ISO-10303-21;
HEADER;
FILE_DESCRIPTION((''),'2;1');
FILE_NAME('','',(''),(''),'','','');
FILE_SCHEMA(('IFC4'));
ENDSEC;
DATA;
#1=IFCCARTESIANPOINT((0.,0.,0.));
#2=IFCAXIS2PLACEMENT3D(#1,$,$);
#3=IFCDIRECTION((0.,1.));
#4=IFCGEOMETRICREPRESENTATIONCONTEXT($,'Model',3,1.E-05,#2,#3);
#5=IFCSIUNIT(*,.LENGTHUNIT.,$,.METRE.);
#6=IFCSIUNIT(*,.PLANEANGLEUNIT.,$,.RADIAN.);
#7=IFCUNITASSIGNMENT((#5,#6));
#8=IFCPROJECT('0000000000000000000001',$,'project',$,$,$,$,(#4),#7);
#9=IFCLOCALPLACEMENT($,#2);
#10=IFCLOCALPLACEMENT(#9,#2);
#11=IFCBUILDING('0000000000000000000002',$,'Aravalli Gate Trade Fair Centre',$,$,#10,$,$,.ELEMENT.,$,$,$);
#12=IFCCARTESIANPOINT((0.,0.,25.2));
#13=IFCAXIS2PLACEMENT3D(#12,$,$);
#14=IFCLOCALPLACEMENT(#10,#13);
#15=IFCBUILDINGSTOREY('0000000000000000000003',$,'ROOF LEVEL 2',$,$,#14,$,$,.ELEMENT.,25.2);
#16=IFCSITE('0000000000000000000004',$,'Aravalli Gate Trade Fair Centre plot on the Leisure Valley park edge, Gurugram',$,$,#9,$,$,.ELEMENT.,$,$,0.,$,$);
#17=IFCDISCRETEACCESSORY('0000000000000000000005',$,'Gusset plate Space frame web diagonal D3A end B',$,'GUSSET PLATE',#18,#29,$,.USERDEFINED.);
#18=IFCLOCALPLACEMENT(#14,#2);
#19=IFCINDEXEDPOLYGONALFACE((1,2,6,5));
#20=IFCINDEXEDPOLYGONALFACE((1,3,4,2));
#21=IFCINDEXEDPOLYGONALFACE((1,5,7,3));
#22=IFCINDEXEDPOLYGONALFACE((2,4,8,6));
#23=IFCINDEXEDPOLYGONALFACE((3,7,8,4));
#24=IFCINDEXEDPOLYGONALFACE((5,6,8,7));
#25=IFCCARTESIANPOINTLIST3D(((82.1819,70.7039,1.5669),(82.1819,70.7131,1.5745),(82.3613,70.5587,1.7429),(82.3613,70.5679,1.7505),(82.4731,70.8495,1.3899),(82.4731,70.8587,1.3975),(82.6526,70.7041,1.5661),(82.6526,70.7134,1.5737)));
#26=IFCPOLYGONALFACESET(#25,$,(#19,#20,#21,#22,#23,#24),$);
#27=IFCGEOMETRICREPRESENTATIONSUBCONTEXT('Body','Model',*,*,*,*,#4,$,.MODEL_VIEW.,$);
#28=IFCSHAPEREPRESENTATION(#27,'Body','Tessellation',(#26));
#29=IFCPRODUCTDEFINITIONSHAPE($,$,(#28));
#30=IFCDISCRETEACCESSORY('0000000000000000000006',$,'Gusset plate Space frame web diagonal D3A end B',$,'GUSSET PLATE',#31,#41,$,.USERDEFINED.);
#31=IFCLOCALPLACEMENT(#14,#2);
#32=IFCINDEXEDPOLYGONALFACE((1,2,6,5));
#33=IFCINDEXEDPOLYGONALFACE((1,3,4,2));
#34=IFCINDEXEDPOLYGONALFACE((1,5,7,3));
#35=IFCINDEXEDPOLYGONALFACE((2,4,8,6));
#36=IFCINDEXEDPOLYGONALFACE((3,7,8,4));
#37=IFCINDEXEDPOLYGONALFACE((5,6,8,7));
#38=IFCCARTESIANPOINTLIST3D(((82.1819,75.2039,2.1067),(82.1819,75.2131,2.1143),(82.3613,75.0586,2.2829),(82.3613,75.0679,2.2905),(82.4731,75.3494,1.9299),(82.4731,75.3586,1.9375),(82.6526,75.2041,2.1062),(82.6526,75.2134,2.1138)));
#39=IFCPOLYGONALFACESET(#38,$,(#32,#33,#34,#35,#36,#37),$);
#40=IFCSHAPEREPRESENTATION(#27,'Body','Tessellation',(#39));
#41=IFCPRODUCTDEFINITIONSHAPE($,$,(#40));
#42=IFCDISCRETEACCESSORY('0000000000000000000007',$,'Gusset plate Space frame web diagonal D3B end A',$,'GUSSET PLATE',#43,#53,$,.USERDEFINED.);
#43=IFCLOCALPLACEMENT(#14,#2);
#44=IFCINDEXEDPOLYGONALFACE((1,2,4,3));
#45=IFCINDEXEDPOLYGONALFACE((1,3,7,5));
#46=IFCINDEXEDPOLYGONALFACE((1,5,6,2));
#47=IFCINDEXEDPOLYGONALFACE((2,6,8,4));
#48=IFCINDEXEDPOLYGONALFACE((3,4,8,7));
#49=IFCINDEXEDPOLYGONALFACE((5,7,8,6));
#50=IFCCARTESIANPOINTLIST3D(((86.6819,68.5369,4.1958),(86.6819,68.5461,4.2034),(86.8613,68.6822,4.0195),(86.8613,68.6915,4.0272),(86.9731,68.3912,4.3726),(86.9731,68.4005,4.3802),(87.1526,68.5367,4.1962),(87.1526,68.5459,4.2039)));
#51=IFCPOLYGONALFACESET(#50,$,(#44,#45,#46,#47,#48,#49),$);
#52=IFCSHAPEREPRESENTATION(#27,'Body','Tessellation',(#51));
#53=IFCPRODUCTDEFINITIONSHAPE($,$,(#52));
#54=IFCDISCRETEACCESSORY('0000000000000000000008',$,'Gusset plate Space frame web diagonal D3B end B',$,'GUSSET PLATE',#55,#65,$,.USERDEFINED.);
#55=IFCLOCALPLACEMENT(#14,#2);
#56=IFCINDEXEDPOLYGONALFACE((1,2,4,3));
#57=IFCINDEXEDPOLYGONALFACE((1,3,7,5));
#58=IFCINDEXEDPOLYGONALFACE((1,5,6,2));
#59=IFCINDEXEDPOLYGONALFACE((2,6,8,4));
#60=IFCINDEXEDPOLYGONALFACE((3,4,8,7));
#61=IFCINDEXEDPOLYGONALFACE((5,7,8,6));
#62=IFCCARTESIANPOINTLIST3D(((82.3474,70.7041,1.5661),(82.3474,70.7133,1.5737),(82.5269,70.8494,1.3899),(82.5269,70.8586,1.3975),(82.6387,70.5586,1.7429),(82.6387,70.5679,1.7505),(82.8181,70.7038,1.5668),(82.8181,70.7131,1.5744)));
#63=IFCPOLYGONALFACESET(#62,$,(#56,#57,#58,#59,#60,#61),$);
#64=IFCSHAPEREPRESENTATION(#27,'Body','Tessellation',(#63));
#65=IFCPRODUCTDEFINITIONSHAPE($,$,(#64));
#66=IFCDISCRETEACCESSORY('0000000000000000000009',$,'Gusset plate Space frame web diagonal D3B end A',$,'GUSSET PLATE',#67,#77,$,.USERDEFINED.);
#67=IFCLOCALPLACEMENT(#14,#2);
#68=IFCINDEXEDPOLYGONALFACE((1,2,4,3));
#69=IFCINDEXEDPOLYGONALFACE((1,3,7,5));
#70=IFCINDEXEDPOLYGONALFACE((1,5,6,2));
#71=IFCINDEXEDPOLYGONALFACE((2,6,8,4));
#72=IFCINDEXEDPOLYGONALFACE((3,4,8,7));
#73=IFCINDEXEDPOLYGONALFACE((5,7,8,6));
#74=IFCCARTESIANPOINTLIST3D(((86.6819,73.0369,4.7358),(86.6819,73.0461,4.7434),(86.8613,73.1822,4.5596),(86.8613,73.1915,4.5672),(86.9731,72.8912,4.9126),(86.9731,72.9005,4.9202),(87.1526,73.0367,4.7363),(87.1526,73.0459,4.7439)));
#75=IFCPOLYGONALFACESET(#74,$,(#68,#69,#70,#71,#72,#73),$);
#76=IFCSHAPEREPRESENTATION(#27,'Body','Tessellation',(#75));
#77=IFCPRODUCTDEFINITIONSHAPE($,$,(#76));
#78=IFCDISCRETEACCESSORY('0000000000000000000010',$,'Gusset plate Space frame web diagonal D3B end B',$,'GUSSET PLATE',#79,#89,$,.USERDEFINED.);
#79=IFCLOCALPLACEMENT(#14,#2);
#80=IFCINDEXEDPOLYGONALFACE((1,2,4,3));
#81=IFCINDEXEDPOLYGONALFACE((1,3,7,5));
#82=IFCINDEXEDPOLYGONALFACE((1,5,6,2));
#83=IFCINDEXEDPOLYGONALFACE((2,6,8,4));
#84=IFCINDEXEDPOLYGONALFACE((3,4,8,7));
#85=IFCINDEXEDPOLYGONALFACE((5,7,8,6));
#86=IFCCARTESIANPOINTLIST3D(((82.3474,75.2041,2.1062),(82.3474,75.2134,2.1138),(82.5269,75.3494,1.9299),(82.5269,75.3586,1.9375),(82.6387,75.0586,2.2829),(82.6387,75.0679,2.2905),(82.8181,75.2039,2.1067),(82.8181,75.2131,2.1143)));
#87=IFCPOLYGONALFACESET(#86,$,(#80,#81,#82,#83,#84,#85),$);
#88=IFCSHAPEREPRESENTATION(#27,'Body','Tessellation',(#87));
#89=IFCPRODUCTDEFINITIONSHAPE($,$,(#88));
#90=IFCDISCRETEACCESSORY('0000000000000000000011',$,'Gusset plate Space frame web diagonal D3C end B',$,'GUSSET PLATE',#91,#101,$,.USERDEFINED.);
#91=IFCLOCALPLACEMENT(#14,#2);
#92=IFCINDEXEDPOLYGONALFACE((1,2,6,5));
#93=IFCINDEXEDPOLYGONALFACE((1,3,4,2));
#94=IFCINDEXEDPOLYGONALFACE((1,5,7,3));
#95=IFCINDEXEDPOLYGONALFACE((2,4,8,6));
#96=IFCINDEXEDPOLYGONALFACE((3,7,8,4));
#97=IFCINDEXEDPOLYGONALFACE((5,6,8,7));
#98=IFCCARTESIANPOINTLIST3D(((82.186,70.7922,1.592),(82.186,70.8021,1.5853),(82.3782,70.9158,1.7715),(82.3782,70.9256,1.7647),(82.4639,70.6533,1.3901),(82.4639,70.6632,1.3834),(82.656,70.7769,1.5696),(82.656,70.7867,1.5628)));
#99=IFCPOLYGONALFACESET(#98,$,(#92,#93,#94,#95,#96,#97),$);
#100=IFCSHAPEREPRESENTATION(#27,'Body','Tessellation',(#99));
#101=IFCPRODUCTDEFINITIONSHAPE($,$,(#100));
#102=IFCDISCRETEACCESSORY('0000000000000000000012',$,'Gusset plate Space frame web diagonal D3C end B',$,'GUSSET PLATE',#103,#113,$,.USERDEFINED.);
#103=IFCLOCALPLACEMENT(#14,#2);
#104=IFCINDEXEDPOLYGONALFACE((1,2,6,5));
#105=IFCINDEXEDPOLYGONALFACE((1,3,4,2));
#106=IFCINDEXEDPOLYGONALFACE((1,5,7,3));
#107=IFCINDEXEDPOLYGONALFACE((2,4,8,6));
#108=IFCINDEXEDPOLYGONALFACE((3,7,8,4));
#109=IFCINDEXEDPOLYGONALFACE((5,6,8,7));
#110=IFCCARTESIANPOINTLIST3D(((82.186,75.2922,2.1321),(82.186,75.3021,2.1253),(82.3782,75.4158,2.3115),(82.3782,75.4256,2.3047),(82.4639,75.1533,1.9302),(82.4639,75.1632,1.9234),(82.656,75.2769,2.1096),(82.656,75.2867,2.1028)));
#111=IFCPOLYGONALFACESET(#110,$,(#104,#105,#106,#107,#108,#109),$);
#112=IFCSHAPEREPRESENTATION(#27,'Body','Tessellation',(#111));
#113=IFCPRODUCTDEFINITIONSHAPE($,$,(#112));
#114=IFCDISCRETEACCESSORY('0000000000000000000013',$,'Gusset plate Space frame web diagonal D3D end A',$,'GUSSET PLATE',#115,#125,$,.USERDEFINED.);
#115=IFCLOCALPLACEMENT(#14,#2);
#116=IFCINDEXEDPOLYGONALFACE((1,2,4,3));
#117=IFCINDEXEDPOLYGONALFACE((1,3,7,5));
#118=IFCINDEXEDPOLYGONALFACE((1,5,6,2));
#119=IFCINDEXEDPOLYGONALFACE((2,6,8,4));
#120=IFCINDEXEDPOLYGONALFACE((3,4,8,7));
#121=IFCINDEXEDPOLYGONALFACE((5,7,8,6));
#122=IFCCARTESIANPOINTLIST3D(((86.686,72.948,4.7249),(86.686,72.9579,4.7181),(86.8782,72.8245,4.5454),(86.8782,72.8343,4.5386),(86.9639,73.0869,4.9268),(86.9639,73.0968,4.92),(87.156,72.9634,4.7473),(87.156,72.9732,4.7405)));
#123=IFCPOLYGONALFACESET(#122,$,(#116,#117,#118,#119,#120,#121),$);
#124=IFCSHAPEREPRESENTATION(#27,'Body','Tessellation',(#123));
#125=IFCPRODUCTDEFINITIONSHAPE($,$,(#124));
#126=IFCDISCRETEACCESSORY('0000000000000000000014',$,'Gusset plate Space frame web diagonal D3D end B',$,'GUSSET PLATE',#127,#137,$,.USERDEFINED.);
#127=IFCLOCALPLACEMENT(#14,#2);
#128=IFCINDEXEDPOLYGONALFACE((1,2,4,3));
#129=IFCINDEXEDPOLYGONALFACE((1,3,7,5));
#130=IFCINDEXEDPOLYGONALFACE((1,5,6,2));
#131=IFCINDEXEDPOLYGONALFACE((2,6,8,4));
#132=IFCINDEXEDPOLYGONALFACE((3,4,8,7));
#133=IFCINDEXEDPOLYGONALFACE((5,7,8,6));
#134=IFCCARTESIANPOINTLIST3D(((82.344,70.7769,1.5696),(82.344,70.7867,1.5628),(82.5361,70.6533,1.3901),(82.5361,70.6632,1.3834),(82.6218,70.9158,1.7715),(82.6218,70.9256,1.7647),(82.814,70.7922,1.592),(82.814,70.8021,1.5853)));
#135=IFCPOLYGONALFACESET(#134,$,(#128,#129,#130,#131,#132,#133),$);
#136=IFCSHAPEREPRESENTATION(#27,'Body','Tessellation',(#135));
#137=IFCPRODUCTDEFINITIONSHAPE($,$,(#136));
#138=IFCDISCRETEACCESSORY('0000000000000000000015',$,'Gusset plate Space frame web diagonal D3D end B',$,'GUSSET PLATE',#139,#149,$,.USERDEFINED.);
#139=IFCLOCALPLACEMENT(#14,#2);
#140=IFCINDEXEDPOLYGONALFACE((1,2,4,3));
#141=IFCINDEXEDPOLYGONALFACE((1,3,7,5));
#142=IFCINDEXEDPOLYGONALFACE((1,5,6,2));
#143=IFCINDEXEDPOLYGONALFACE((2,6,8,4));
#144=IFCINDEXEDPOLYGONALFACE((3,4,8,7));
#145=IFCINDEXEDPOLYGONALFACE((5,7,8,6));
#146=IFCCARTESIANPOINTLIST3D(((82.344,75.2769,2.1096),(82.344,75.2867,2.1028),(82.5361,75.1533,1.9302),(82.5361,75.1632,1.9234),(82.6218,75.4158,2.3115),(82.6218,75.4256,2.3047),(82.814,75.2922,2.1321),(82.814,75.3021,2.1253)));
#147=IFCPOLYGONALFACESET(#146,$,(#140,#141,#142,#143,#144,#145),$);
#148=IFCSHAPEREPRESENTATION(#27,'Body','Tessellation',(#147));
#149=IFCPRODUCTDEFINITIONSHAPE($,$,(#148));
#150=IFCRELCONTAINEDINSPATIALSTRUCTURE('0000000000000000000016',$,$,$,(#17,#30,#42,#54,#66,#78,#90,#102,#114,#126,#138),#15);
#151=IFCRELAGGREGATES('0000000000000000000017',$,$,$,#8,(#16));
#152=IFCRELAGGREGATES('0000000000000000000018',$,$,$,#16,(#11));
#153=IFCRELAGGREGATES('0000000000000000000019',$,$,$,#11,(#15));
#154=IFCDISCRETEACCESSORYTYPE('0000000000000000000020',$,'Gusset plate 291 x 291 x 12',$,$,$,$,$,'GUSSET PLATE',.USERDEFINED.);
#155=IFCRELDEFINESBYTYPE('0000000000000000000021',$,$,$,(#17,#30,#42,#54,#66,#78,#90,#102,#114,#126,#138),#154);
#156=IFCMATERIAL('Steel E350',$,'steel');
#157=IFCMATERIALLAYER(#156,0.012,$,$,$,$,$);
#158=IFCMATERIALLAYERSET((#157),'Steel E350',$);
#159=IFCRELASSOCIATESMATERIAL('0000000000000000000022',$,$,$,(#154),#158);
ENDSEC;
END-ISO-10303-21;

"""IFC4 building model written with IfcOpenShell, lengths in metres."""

from ifc_helpers import new_model, si_unit, direction, frame, origin, place, context, subcontext, project, spatial, polyline, outline, extrude, material, layer, layer_set, type_object, element, save


model = new_model("IFC4")

# Units and contexts
model_context = context("Model", 3, precision=1e-05, world=origin(), true_north=direction((0.0, 1.0)))
body_context = subcontext(model_context, "Body", "Model", "MODEL_VIEW")
ifc_project = project(units=[si_unit("LENGTHUNIT", "METRE"), si_unit("PLANEANGLEUNIT", "RADIAN")], contexts=[model_context])

# Site, building, storey
site_placement = place(None, origin())
site = spatial("IfcSite", under=ifc_project, at=site_placement, Name="Aravalli Gate Trade Fair Centre plot on the Leisure Valley park edge, Gurugram", CompositionType="ELEMENT", RefElevation=0.0)
building_placement = place(site_placement, origin())
building = spatial("IfcBuilding", under=site, at=building_placement, Name="Aravalli Gate Trade Fair Centre", CompositionType="ELEMENT")
storey_placement = place(building_placement, frame((0.0, 0.0, 25.2)))
storey = spatial("IfcBuildingStorey", under=building, at=storey_placement, Name="ROOF LEVEL 2", CompositionType="ELEMENT", Elevation=25.2)

# Shared definitions
ifc_material_1 = material(Name="Steel E350", Category="steel")

# Discrete accessories
ifc_layer_1 = layer(ifc_material_1, 0.012)
ifc_layer_set_1 = layer_set([ifc_layer_1], Name="Steel E350")
discrete_accessory_type = type_object("IfcDiscreteAccessoryType", Name="Gusset plate 291 x 291 x 12", ElementType="GUSSET PLATE", PredefinedType="USERDEFINED", material=ifc_layer_set_1)
discrete_accessory_1_placement = place(storey_placement, frame((82.1819, 70.7131, 1.5745), z_axis=(0.000589, 0.771792, 0.635874), x_axis=(0.785943, 0.392803, -0.477493)))
element("IfcDiscreteAccessory", 1, at=discrete_accessory_1_placement, inside=storey, type_object=discrete_accessory_type, Name="Gusset plate Space frame web diagonal D3A end B", ObjectType="GUSSET PLATE", PredefinedType="USERDEFINED", context=body_context, shape_type="SweptSolid", body=[
    extrude(outline(polyline([(0.0, 0.0), (0.3706, 0.0), (0.3704, -0.2905), (-0.0001, -0.2903), (0.0, 0.0)])), origin(), (0.0, 0.0, -1.0), 0.012),
])
discrete_accessory_2_placement = place(storey_placement, frame((82.1819, 75.2131, 2.1143), z_axis=(0.000259, 0.771844, 0.635812), x_axis=(0.78619, 0.392765, -0.477118)))
element("IfcDiscreteAccessory", 2, at=discrete_accessory_2_placement, inside=storey, type_object=discrete_accessory_type, Name="Gusset plate Space frame web diagonal D3A end B", ObjectType="GUSSET PLATE", PredefinedType="USERDEFINED", context=body_context, shape_type="SweptSolid", body=[
    extrude(outline(polyline([(0.0, 0.0), (0.3705, 0.0), (0.3704, -0.2905), (-0.0001, -0.2905), (0.0, 0.0)])), origin(), (0.0, 0.0, -1.0), 0.012),
])
discrete_accessory_3_placement = place(storey_placement, frame((86.6819, 68.5461, 4.2034), z_axis=(-0.00026, 0.771582, 0.63613), x_axis=(0.785986, -0.393126, 0.477156)))
element("IfcDiscreteAccessory", 3, at=discrete_accessory_3_placement, inside=storey, type_object=discrete_accessory_type, Name="Gusset plate Space frame web diagonal D3B end A", ObjectType="GUSSET PLATE", PredefinedType="USERDEFINED", context=body_context, shape_type="SweptSolid", body=[
    extrude(outline(polyline([(0.0, 0.0), (0.3706, 0.0), (0.3703, 0.2906), (-0.0002, 0.2905), (0.0, 0.0)])), origin(), (0.0, 0.0, -1.0), 0.012),
])
discrete_accessory_4_placement = place(storey_placement, frame((82.6387, 70.5679, 1.7505), z_axis=(-0.000589, 0.771792, 0.635874), x_axis=(-0.78619, 0.392604, -0.477251)))
element("IfcDiscreteAccessory", 4, at=discrete_accessory_4_placement, inside=storey, type_object=discrete_accessory_type, Name="Gusset plate Space frame web diagonal D3B end B", ObjectType="GUSSET PLATE", PredefinedType="USERDEFINED", context=body_context, shape_type="SweptSolid", body=[
    extrude(outline(polyline([(0.0, 0.0), (0.3705, 0.0), (0.3705, -0.2905), (0.0, -0.2903), (0.0, 0.0)])), origin(), (0.0, 0.0, -1.0), 0.012),
])
discrete_accessory_5_placement = place(storey_placement, frame((86.6819, 73.0461, 4.7434), z_axis=(-0.00026, 0.771582, 0.63613), x_axis=(0.785986, -0.393126, 0.477156)))
element("IfcDiscreteAccessory", 5, at=discrete_accessory_5_placement, inside=storey, type_object=discrete_accessory_type, Name="Gusset plate Space frame web diagonal D3B end A", ObjectType="GUSSET PLATE", PredefinedType="USERDEFINED", context=body_context, shape_type="SweptSolid", body=[
    extrude(outline(polyline([(0.0, 0.0), (0.3706, 0.0), (0.3703, 0.2906), (-0.0002, 0.2905), (0.0, 0.0)])), origin(), (0.0, 0.0, -1.0), 0.012),
])
discrete_accessory_6_placement = place(storey_placement, frame((82.6387, 75.0679, 2.2905), z_axis=(-0.000259, 0.771844, 0.635812), x_axis=(-0.78619, 0.392765, -0.477118)))
element("IfcDiscreteAccessory", 6, at=discrete_accessory_6_placement, inside=storey, type_object=discrete_accessory_type, Name="Gusset plate Space frame web diagonal D3B end B", ObjectType="GUSSET PLATE", PredefinedType="USERDEFINED", context=body_context, shape_type="SweptSolid", body=[
    extrude(outline(polyline([(0.0, 0.0), (0.3705, 0.0), (0.3705, -0.2905), (0.0001, -0.2905), (0.0, 0.0)])), origin(), (0.0, 0.0, -1.0), 0.012),
])
for number, where, z_axis, x_axis, name in (
    (7, (82.186, 70.7922, 1.592), (0.000137, -0.82375, 0.566952), (0.749929, -0.374965, -0.544984), "Gusset plate Space frame web diagonal D3C end B"),
    (8, (82.186, 75.2922, 2.1321), (0.000137, -0.82375, 0.566952), (0.749929, -0.374965, -0.544984), "Gusset plate Space frame web diagonal D3C end B"),
):
    element("IfcDiscreteAccessory", number, at=place(storey_placement, frame(where, z_axis=z_axis, x_axis=x_axis)), inside=storey, type_object=discrete_accessory_type, Name=name, ObjectType="GUSSET PLATE", PredefinedType="USERDEFINED", context=body_context, shape_type="SweptSolid", body=[
        extrude(outline(polyline([(0.0, 0.0), (0.3705, 0.0), (0.3705, 0.2905), (0.0, 0.2905), (0.0, 0.0)])), origin(), (0.0, 0.0, -1.0), 0.012),
    ])
discrete_accessory_7_placement = place(storey_placement, frame((86.686, 72.948, 4.7249), z_axis=(-0.000137, -0.82375, 0.566952), x_axis=(0.749929, 0.374965, 0.544984)))
element("IfcDiscreteAccessory", 9, at=discrete_accessory_7_placement, inside=storey, type_object=discrete_accessory_type, Name="Gusset plate Space frame web diagonal D3D end A", ObjectType="GUSSET PLATE", PredefinedType="USERDEFINED", context=body_context, shape_type="SweptSolid", body=[
    extrude(outline(polyline([(0.0, 0.0), (0.3705, 0.0), (0.3705, -0.2905), (0.0, -0.2905), (0.0, 0.0)])), origin(), (0.0, 0.0, -1.0), 0.012),
])
for number, where, z_axis, x_axis, name in (
    (10, (82.6218, 70.9158, 1.7715), (-0.000137, -0.82375, 0.566952), (-0.749929, -0.374965, -0.544984), "Gusset plate Space frame web diagonal D3D end B"),
    (11, (82.6218, 75.4158, 2.3115), (-0.000137, -0.82375, 0.566952), (-0.749929, -0.374965, -0.544984), "Gusset plate Space frame web diagonal D3D end B"),
):
    element("IfcDiscreteAccessory", number, at=place(storey_placement, frame(where, z_axis=z_axis, x_axis=x_axis)), inside=storey, type_object=discrete_accessory_type, Name=name, ObjectType="GUSSET PLATE", PredefinedType="USERDEFINED", context=body_context, shape_type="SweptSolid", body=[
        extrude(outline(polyline([(0.0, 0.0), (0.3705, 0.0), (0.3705, 0.2905), (0.0, 0.2905), (0.0, 0.0)])), origin(), (0.0, 0.0, -1.0), 0.012),
    ])

save(model, "model.ifc")
